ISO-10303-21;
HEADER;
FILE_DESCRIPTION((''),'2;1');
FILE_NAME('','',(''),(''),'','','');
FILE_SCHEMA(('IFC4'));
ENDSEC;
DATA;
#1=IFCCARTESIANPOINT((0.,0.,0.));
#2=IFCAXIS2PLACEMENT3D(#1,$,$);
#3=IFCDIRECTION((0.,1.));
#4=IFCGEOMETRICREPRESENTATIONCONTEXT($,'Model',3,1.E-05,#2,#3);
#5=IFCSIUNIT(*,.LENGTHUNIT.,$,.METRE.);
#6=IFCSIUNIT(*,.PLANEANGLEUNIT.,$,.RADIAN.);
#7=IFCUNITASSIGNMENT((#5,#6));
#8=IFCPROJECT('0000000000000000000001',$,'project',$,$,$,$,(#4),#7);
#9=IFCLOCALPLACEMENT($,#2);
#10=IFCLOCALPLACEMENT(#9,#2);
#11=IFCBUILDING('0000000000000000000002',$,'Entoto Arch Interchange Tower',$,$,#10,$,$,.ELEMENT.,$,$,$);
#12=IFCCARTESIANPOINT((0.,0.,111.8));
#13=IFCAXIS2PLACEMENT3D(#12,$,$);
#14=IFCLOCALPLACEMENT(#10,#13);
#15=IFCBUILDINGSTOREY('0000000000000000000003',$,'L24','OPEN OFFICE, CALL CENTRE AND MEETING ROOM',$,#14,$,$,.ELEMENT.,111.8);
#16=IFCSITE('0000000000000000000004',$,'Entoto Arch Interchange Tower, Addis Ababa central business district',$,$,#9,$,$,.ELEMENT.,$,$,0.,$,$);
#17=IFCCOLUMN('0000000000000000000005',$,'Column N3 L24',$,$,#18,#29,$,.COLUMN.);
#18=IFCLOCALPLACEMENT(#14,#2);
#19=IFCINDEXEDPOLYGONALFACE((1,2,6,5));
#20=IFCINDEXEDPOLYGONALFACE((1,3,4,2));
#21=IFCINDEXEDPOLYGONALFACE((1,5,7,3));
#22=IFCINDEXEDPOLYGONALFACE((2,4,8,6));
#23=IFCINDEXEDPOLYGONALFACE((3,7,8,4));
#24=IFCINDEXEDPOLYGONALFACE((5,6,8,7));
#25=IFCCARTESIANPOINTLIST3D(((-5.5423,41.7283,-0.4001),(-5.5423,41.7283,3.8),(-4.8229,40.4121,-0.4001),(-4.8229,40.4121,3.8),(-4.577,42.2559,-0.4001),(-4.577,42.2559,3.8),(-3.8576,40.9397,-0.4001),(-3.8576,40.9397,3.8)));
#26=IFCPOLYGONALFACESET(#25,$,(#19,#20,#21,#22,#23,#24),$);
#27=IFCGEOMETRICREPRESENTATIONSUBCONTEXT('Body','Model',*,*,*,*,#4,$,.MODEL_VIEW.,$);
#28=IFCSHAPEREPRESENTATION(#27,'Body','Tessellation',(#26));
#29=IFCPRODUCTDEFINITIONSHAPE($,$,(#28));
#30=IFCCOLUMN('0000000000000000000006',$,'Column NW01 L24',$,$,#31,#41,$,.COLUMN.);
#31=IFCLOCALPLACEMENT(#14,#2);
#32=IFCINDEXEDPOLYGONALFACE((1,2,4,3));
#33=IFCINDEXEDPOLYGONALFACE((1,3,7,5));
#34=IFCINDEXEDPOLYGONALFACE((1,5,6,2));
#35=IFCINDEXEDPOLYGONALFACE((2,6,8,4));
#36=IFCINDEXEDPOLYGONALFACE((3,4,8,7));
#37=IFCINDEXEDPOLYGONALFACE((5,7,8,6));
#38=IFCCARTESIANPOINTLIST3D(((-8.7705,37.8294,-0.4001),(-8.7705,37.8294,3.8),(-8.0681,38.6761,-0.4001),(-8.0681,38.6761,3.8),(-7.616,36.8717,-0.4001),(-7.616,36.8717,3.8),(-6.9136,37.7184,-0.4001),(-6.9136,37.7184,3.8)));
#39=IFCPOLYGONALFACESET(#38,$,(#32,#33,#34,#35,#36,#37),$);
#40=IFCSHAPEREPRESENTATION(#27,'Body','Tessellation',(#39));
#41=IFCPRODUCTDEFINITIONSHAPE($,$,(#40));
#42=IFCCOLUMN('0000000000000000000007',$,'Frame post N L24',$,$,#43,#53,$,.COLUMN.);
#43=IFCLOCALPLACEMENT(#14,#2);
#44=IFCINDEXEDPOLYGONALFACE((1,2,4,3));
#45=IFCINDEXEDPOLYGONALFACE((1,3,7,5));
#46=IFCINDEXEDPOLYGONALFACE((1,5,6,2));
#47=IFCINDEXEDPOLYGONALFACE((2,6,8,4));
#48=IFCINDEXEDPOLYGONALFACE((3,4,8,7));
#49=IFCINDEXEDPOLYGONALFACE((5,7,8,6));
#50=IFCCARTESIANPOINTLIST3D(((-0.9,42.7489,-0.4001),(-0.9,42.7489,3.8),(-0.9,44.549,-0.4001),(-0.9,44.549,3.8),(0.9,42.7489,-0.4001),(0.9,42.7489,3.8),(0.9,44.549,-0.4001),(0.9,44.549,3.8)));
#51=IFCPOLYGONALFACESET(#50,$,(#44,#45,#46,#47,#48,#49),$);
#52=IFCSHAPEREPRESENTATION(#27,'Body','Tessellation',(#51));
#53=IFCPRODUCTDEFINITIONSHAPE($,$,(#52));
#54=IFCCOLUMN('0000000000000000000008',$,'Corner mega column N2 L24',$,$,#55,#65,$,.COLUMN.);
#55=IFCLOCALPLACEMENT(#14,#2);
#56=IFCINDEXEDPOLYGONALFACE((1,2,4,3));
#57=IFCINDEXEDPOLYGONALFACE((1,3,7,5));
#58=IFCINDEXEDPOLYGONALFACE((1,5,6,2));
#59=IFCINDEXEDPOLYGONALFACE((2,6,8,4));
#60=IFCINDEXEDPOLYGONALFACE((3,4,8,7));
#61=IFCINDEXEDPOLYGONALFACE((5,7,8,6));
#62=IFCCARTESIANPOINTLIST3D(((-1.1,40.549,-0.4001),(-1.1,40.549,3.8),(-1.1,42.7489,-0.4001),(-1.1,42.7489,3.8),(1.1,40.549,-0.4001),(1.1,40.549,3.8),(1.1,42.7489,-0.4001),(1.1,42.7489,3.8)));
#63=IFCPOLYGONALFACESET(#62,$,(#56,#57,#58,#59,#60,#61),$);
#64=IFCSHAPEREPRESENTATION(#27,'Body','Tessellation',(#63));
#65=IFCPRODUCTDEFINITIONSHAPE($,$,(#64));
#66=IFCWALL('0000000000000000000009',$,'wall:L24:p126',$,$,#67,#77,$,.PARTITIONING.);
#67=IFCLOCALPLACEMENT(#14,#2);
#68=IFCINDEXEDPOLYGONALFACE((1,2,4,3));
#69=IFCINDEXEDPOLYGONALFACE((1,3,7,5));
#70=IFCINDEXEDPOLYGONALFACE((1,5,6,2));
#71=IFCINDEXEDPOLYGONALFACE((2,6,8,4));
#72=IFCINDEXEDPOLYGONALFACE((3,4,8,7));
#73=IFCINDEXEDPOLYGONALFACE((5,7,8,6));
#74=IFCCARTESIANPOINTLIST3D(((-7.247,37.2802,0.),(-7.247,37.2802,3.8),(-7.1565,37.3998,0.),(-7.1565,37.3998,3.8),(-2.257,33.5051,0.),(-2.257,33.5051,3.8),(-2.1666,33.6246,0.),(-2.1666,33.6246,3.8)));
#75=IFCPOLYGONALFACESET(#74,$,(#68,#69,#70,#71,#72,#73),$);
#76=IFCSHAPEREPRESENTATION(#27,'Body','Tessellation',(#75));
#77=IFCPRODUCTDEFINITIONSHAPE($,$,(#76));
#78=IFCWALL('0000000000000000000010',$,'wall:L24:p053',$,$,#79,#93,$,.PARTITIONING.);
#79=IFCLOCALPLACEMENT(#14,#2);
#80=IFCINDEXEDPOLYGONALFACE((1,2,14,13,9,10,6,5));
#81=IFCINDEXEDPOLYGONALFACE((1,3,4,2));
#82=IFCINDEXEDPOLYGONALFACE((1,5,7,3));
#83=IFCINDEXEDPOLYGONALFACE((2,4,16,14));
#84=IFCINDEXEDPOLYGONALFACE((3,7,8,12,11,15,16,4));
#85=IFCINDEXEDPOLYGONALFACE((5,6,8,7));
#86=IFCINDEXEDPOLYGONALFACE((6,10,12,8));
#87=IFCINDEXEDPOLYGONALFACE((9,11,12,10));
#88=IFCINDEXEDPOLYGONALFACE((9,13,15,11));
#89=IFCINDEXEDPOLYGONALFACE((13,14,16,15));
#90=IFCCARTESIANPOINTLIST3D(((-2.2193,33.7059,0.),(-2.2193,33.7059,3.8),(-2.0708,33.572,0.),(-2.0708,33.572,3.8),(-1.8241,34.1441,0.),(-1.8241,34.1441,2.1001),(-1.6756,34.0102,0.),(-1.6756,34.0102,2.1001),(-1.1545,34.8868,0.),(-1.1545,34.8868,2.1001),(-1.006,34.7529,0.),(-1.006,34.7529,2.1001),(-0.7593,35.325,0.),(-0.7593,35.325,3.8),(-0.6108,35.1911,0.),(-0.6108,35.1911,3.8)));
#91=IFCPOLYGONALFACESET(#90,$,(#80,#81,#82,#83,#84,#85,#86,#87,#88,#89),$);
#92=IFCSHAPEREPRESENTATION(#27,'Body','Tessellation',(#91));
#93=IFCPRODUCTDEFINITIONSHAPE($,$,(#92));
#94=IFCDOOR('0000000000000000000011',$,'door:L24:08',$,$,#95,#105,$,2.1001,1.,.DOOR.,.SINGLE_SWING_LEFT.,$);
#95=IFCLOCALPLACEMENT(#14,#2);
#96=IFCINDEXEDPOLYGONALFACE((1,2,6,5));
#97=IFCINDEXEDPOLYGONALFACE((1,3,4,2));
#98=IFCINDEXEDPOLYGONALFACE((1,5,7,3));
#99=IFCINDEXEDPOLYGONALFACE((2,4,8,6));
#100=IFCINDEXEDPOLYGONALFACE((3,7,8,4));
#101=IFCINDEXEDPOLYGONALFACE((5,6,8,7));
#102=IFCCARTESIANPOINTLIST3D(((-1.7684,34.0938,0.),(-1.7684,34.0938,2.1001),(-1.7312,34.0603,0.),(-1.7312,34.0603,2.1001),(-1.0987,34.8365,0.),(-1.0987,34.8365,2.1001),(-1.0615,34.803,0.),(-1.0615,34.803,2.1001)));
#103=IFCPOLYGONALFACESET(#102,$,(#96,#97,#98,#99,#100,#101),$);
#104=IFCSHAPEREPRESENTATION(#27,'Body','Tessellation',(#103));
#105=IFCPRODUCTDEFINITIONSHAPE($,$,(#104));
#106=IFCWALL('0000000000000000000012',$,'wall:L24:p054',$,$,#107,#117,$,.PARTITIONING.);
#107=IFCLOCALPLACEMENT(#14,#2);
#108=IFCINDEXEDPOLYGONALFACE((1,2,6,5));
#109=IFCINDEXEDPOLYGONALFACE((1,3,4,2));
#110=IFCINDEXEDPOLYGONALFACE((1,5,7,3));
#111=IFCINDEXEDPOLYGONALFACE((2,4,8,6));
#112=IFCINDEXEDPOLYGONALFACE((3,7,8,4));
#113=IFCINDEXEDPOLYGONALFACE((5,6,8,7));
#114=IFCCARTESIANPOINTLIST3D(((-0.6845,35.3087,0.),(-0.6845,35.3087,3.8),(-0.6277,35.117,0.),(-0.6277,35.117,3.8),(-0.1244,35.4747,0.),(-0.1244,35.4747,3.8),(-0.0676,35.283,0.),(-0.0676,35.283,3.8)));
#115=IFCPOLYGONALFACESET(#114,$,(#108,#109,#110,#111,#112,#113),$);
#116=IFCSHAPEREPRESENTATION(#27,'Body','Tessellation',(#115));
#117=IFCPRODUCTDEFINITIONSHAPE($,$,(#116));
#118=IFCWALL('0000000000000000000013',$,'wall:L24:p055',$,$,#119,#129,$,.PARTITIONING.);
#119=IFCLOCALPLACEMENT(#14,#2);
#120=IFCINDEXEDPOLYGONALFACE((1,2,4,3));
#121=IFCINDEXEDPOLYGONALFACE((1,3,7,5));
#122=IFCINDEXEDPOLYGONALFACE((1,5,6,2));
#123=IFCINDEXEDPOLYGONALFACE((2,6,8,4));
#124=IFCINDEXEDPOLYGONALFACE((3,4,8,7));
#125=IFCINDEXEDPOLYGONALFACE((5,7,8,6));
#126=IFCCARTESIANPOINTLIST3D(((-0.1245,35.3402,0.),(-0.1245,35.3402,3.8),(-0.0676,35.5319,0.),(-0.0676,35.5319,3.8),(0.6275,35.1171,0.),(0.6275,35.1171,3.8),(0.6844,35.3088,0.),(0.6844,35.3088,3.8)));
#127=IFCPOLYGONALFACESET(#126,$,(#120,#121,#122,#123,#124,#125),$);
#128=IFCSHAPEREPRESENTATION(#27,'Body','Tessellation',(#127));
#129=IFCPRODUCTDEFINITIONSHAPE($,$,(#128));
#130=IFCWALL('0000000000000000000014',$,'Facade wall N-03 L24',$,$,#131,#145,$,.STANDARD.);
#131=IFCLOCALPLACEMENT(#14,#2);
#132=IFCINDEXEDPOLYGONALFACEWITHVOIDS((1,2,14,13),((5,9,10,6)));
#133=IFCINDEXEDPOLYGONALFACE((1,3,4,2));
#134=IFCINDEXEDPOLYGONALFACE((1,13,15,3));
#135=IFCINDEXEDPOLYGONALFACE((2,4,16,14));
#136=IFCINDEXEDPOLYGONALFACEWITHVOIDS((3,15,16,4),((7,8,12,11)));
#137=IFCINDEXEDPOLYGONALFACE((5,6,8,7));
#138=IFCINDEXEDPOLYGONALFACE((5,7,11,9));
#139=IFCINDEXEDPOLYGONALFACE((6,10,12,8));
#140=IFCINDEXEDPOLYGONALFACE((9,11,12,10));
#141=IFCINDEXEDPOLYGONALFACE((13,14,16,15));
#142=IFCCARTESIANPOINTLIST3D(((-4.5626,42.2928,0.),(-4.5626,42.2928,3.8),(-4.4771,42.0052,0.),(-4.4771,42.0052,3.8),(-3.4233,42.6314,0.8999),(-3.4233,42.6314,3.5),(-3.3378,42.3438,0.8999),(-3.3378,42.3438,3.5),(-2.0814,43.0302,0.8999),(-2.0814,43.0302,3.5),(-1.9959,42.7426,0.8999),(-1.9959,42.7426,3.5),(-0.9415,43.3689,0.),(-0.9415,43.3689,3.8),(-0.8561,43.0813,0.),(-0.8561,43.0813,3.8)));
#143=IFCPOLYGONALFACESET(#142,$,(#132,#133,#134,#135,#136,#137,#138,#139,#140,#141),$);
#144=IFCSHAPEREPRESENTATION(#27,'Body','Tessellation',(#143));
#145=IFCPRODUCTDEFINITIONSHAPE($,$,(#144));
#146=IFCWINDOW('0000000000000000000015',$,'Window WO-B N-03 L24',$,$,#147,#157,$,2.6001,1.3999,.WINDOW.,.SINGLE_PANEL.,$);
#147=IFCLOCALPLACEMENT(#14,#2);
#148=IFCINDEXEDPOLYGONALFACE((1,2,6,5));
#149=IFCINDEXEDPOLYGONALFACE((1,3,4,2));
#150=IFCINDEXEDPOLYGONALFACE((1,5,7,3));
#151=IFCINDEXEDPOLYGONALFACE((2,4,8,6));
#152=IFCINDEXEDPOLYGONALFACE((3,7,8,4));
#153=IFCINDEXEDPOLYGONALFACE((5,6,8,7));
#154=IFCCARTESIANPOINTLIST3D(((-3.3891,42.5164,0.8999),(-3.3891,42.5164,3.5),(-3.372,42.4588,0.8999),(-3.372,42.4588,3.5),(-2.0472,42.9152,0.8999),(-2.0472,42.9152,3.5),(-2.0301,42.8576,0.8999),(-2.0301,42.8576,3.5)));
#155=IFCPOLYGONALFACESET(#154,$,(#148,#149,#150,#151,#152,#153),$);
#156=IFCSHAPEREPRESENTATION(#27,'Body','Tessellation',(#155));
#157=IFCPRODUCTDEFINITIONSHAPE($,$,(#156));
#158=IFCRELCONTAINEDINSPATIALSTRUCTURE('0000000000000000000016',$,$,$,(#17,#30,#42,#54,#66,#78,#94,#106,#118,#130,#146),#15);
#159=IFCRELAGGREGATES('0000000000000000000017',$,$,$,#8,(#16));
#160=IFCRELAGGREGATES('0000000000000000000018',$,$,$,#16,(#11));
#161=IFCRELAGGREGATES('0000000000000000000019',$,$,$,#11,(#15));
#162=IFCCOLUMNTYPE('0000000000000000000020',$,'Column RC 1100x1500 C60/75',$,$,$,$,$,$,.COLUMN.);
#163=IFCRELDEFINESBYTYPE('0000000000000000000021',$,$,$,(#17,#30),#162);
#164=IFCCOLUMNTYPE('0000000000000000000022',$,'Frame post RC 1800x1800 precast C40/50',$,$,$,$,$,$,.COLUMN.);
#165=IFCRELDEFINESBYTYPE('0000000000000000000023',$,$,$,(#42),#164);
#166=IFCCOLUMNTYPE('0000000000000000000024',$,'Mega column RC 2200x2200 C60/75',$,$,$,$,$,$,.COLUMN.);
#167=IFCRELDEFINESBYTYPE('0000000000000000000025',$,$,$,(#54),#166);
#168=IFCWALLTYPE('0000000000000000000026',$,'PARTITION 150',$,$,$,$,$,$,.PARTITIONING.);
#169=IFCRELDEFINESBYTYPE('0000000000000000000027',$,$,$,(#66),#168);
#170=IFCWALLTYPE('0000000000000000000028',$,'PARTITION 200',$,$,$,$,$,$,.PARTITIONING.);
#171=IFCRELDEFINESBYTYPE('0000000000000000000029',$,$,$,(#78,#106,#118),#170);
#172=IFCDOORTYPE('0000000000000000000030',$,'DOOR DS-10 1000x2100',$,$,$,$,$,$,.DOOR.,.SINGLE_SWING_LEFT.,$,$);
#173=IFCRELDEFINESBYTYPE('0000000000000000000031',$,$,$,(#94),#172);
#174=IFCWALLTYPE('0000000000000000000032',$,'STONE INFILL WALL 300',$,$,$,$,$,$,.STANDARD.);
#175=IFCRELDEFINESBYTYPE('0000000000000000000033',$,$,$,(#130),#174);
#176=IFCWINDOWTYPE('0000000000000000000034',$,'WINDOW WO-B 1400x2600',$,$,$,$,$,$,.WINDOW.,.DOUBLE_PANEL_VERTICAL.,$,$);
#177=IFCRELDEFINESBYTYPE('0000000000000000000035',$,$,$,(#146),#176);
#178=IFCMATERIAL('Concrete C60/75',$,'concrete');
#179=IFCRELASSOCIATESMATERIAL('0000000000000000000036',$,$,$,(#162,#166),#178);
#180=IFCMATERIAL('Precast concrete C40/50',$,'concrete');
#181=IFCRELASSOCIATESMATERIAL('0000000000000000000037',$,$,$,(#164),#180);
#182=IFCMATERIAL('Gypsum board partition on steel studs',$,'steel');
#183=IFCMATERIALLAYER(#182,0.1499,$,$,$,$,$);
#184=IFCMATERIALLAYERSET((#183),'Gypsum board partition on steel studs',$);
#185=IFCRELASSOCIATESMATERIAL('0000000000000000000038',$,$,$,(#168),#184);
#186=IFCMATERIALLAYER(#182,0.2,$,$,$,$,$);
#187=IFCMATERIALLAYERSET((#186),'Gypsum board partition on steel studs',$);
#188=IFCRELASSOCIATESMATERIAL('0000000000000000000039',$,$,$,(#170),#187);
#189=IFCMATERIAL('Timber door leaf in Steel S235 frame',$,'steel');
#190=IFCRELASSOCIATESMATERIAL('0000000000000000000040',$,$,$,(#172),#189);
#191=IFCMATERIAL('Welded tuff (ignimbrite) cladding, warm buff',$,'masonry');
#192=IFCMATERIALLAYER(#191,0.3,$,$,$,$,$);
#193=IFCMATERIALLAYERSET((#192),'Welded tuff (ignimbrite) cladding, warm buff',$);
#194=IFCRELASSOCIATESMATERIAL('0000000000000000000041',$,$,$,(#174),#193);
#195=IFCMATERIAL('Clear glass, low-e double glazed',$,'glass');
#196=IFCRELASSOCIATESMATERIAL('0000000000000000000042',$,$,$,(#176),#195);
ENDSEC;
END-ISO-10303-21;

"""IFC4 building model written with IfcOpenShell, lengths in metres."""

from ifc_helpers import new_model, si_unit, direction, frame, frame_2d, origin, origin_2d, place, context, subcontext, project, spatial, rectangle, extrude, material, layer, layer_set, material_profile, profile_set, type_object, element, fill, save


model = new_model("IFC4")

# Units and contexts
model_context = context("Model", 3, precision=1e-05, world=origin(), true_north=direction((0.0, 1.0)))
body_context = subcontext(model_context, "Body", "Model", "MODEL_VIEW")
ifc_project = project(units=[si_unit("LENGTHUNIT", "METRE"), si_unit("PLANEANGLEUNIT", "RADIAN")], contexts=[model_context])

# Site, building, storey
site_placement = place(None, origin())
site = spatial("IfcSite", under=ifc_project, at=site_placement, Name="Entoto Arch Interchange Tower, Addis Ababa central business district", CompositionType="ELEMENT", RefElevation=0.0)
building_placement = place(site_placement, origin())
building = spatial("IfcBuilding", under=site, at=building_placement, Name="Entoto Arch Interchange Tower", CompositionType="ELEMENT")
storey_placement = place(building_placement, frame((0.0, 0.0, 111.8)))
storey = spatial("IfcBuildingStorey", under=building, at=storey_placement, Name="L24", Description="OPEN OFFICE, CALL CENTRE AND MEETING ROOM", CompositionType="ELEMENT", Elevation=111.8)

# Columns
ifc_material_1 = material(Name="Concrete C60/75", Category="concrete")
ifc_material_profile_1 = material_profile(ifc_material_1, rectangle(XDim=1.1001, YDim=1.5, at=origin_2d()))
ifc_profile_set_1 = profile_set([ifc_material_profile_1], Name="Concrete C60/75")
column_type_1 = type_object("IfcColumnType", Name="Column RC 1100x1500 C60/75", PredefinedType="COLUMN", material=ifc_profile_set_1)
for number, where, z_axis, x_axis, name in (
    (1, (-4.7, 41.334, -0.4001), (0.0, 0.0, 1.0), (0.877481, 0.479611, 0.0), "Column N3 L24"),
    (2, (-7.842, 37.7739, -0.4001), (0.0, 0.0, 1.0), (0.638459, 0.769656, 0.0), "Column NW01 L24"),
):
    element("IfcColumn", number, at=place(storey_placement, frame(where, z_axis=z_axis, x_axis=x_axis)), inside=storey, type_object=column_type_1, Name=name, PredefinedType="COLUMN", context=body_context, shape_type="SweptSolid", body=[
        extrude(rectangle(XDim=1.1001, YDim=1.5, at=origin_2d()), origin(), (0.0, 0.0, 1.0), 4.2002),
    ])
ifc_material_2 = material(Name="Precast concrete C40/50", Category="concrete")
ifc_material_profile_2 = material_profile(ifc_material_2, rectangle(XDim=1.8, YDim=1.8, at=origin_2d()))
ifc_profile_set_2 = profile_set([ifc_material_profile_2], Name="Precast concrete C40/50")
column_type_2 = type_object("IfcColumnType", Name="Frame post RC 1800x1800 precast C40/50", PredefinedType="COLUMN", material=ifc_profile_set_2)
column_1_placement = place(storey_placement, frame((0.0, 43.6489, -0.4001), z_axis=(0.0, 0.0, 1.0), x_axis=(0.0, 1.0, 0.0)))
element("IfcColumn", 3, at=column_1_placement, inside=storey, type_object=column_type_2, Name="Frame post N L24", PredefinedType="COLUMN", context=body_context, shape_type="SweptSolid", body=[
    extrude(rectangle(XDim=1.8, YDim=1.8, at=origin_2d()), origin(), (0.0, 0.0, 1.0), 4.2002),
])
ifc_material_profile_3 = material_profile(ifc_material_1, rectangle(XDim=2.2, YDim=2.2, at=origin_2d()))
ifc_profile_set_3 = profile_set([ifc_material_profile_3], Name="Concrete C60/75")
column_type_3 = type_object("IfcColumnType", Name="Mega column RC 2200x2200 C60/75", PredefinedType="COLUMN", material=ifc_profile_set_3)
column_2_placement = place(storey_placement, frame((0.0, 41.6489, -0.4001), z_axis=(0.0, 0.0, 1.0), x_axis=(0.0, 1.0, 0.0)))
element("IfcColumn", 4, at=column_2_placement, inside=storey, type_object=column_type_3, Name="Corner mega column N2 L24", PredefinedType="COLUMN", context=body_context, shape_type="SweptSolid", body=[
    extrude(rectangle(XDim=2.2, YDim=2.2, at=origin_2d()), origin(), (0.0, 0.0, 1.0), 4.2002),
])

# Wall
ifc_material_3 = material(Name="Gypsum board partition on steel studs", Category="steel")
ifc_layer_1 = layer(ifc_material_3, 0.1499)
ifc_layer_set_1 = layer_set([ifc_layer_1], Name="Gypsum board partition on steel studs")
wall_type_1 = type_object("IfcWallType", Name="PARTITION 150", PredefinedType="PARTITIONING", material=ifc_layer_set_1)
wall_1_placement = place(storey_placement, frame((-2.2119, 33.5649, 0.0), z_axis=(0.0, 0.0, 1.0), x_axis=(-0.797488, 0.603335, 0.0)))
element("IfcWall", 5, at=wall_1_placement, inside=storey, type_object=wall_type_1, Name="wall:L24:p126", PredefinedType="PARTITIONING", context=body_context, shape_type="SweptSolid", body=[
    extrude(rectangle(XDim=6.2571, YDim=0.1499, at=frame_2d((3.1284, 0.0))), origin(), (0.0, 0.0, 1.0), 3.8),
])

# Wall, opening, door
ifc_layer_2 = layer(ifc_material_3, 0.2)
ifc_layer_set_2 = layer_set([ifc_layer_2], Name="Gypsum board partition on steel studs")
wall_type_2 = type_object("IfcWallType", Name="PARTITION 200", PredefinedType="PARTITIONING", material=ifc_layer_set_2)
wall_2_placement = place(storey_placement, frame((-2.145, 33.6389, 0.0), z_axis=(0.0, 0.0, 1.0), x_axis=(0.669657, 0.74267, 0.0)))
wall_2 = element("IfcWall", 6, at=wall_2_placement, inside=storey, type_object=wall_type_2, Name="wall:L24:p053", PredefinedType="PARTITIONING", context=body_context, shape_type="SweptSolid", body=[
    extrude(rectangle(XDim=2.1802, YDim=0.2, at=frame_2d((1.0901, 0.0))), origin(), (0.0, 0.0, 1.0), 3.8),
])
opening_1_placement = place(wall_2_placement, frame((0.5901, 0.0, 0.0)))
opening_1 = element("IfcOpeningElement", 7, at=opening_1_placement, cuts=wall_2, PredefinedType="OPENING", context=body_context, shape_type="SweptSolid", body=[
    extrude(rectangle(XDim=1.0, YDim=2.1001, at=frame_2d((0.5, 1.05))), frame((0.0, 0.1099, 0.0), z_axis=(0.0, -1.0, 0.0), x_axis=(1.0, 0.0, 0.0)), (0.0, 0.0, 1.0), 0.22),
])
ifc_material_4 = material(Name="Timber door leaf in Steel S235 frame", Category="steel")
door_type = type_object("IfcDoorType", Name="DOOR DS-10 1000x2100", OperationType="SINGLE_SWING_LEFT", PredefinedType="DOOR", material=ifc_material_4)
door_placement = place(opening_1_placement, origin())
door = element("IfcDoor", 8, at=door_placement, inside=storey, type_object=door_type, Name="door:L24:08", OperationType="SINGLE_SWING_LEFT", OverallHeight=2.1001, OverallWidth=1.0, PredefinedType="DOOR", context=body_context, shape_type="SweptSolid", body=[
    extrude(rectangle(XDim=1.0, YDim=2.1001, at=frame_2d((0.5, 1.05))), frame((0.0, 0.0249, 0.0), z_axis=(0.0, -1.0, 0.0), x_axis=(1.0, 0.0, 0.0)), (0.0, 0.0, 1.0), 0.05),
])
fill(opening_1, door)

# Walls
wall_3_placement = place(storey_placement, frame((-0.656, 35.2129, 0.0), z_axis=(0.0, 0.0, 1.0), x_axis=(0.958764, 0.284202, 0.0)))
element("IfcWall", 9, at=wall_3_placement, inside=storey, type_object=wall_type_2, Name="wall:L24:p054", PredefinedType="PARTITIONING", context=body_context, shape_type="SweptSolid", body=[
    extrude(rectangle(XDim=0.5842, YDim=0.2, at=frame_2d((0.292, 0.0))), origin(), (0.0, 0.0, 1.0), 3.8),
])
wall_4_placement = place(storey_placement, frame((-0.0959, 35.436, 0.0), z_axis=(0.0, 0.0, 1.0), x_axis=(0.958679, -0.284491, 0.0)))
element("IfcWall", 10, at=wall_4_placement, inside=storey, type_object=wall_type_2, Name="wall:L24:p055", PredefinedType="PARTITIONING", context=body_context, shape_type="SweptSolid", body=[
    extrude(rectangle(XDim=0.7844, YDim=0.2, at=frame_2d((0.3921, 0.0))), origin(), (0.0, 0.0, 1.0), 3.8),
])

# Wall, opening, window
ifc_material_5 = material(Name="Welded tuff (ignimbrite) cladding, warm buff", Category="masonry")
ifc_layer_3 = layer(ifc_material_5, 0.3)
ifc_layer_set_3 = layer_set([ifc_layer_3], Name="Welded tuff (ignimbrite) cladding, warm buff")
wall_type_3 = type_object("IfcWallType", Name="STONE INFILL WALL 300", PredefinedType="STANDARD", material=ifc_layer_set_3)
wall_5_placement = place(storey_placement, frame((-0.8989, 43.2251, 0.0), z_axis=(0.0, 0.0, 1.0), x_axis=(-0.958563, -0.28488, 0.0)))
wall_5 = element("IfcWall", 11, at=wall_5_placement, inside=storey, type_object=wall_type_3, Name="Facade wall N-03 L24", PredefinedType="STANDARD", context=body_context, shape_type="SweptSolid", body=[
    extrude(rectangle(XDim=3.7776, YDim=0.3, at=frame_2d((1.8887, 0.0))), origin(), (0.0, 0.0, 1.0), 3.8),
])
opening_2_placement = place(wall_5_placement, frame((1.189, 0.0, 0.8999)))
opening_2 = element("IfcOpeningElement", 12, at=opening_2_placement, cuts=wall_5, PredefinedType="OPENING", context=body_context, shape_type="SweptSolid", body=[
    extrude(rectangle(XDim=1.3999, YDim=2.6001, at=frame_2d((0.7, 1.3))), frame((0.0, 0.1602, 0.0), z_axis=(0.0, -1.0, 0.0), x_axis=(1.0, 0.0, 0.0)), (0.0, 0.0, 1.0), 0.3201),
])
ifc_material_6 = material(Name="Clear glass, low-e double glazed", Category="glass")
window_type_1 = type_object("IfcWindowType", Name="WINDOW WO-B 1400x2600", PartitioningType="DOUBLE_PANEL_VERTICAL", PredefinedType="WINDOW", material=ifc_material_6)
window_1_placement = place(opening_2_placement, origin())
window_1 = element("IfcWindow", 13, at=window_1_placement, inside=storey, type_object=window_type_1, Name="Window WO-B N-03 L24", OverallHeight=2.6001, OverallWidth=1.3999, PartitioningType="SINGLE_PANEL", PredefinedType="WINDOW", context=body_context, shape_type="SweptSolid", body=[
    extrude(rectangle(XDim=1.3999, YDim=2.6001, at=frame_2d((0.7, 1.3))), frame((0.0, 0.03, 0.0), z_axis=(0.0, -1.0, 0.0), x_axis=(1.0, 0.0, 0.0)), (0.0, 0.0, 1.0), 0.0601),
])
fill(opening_2, window_1)

save(model, "model.ifc")
